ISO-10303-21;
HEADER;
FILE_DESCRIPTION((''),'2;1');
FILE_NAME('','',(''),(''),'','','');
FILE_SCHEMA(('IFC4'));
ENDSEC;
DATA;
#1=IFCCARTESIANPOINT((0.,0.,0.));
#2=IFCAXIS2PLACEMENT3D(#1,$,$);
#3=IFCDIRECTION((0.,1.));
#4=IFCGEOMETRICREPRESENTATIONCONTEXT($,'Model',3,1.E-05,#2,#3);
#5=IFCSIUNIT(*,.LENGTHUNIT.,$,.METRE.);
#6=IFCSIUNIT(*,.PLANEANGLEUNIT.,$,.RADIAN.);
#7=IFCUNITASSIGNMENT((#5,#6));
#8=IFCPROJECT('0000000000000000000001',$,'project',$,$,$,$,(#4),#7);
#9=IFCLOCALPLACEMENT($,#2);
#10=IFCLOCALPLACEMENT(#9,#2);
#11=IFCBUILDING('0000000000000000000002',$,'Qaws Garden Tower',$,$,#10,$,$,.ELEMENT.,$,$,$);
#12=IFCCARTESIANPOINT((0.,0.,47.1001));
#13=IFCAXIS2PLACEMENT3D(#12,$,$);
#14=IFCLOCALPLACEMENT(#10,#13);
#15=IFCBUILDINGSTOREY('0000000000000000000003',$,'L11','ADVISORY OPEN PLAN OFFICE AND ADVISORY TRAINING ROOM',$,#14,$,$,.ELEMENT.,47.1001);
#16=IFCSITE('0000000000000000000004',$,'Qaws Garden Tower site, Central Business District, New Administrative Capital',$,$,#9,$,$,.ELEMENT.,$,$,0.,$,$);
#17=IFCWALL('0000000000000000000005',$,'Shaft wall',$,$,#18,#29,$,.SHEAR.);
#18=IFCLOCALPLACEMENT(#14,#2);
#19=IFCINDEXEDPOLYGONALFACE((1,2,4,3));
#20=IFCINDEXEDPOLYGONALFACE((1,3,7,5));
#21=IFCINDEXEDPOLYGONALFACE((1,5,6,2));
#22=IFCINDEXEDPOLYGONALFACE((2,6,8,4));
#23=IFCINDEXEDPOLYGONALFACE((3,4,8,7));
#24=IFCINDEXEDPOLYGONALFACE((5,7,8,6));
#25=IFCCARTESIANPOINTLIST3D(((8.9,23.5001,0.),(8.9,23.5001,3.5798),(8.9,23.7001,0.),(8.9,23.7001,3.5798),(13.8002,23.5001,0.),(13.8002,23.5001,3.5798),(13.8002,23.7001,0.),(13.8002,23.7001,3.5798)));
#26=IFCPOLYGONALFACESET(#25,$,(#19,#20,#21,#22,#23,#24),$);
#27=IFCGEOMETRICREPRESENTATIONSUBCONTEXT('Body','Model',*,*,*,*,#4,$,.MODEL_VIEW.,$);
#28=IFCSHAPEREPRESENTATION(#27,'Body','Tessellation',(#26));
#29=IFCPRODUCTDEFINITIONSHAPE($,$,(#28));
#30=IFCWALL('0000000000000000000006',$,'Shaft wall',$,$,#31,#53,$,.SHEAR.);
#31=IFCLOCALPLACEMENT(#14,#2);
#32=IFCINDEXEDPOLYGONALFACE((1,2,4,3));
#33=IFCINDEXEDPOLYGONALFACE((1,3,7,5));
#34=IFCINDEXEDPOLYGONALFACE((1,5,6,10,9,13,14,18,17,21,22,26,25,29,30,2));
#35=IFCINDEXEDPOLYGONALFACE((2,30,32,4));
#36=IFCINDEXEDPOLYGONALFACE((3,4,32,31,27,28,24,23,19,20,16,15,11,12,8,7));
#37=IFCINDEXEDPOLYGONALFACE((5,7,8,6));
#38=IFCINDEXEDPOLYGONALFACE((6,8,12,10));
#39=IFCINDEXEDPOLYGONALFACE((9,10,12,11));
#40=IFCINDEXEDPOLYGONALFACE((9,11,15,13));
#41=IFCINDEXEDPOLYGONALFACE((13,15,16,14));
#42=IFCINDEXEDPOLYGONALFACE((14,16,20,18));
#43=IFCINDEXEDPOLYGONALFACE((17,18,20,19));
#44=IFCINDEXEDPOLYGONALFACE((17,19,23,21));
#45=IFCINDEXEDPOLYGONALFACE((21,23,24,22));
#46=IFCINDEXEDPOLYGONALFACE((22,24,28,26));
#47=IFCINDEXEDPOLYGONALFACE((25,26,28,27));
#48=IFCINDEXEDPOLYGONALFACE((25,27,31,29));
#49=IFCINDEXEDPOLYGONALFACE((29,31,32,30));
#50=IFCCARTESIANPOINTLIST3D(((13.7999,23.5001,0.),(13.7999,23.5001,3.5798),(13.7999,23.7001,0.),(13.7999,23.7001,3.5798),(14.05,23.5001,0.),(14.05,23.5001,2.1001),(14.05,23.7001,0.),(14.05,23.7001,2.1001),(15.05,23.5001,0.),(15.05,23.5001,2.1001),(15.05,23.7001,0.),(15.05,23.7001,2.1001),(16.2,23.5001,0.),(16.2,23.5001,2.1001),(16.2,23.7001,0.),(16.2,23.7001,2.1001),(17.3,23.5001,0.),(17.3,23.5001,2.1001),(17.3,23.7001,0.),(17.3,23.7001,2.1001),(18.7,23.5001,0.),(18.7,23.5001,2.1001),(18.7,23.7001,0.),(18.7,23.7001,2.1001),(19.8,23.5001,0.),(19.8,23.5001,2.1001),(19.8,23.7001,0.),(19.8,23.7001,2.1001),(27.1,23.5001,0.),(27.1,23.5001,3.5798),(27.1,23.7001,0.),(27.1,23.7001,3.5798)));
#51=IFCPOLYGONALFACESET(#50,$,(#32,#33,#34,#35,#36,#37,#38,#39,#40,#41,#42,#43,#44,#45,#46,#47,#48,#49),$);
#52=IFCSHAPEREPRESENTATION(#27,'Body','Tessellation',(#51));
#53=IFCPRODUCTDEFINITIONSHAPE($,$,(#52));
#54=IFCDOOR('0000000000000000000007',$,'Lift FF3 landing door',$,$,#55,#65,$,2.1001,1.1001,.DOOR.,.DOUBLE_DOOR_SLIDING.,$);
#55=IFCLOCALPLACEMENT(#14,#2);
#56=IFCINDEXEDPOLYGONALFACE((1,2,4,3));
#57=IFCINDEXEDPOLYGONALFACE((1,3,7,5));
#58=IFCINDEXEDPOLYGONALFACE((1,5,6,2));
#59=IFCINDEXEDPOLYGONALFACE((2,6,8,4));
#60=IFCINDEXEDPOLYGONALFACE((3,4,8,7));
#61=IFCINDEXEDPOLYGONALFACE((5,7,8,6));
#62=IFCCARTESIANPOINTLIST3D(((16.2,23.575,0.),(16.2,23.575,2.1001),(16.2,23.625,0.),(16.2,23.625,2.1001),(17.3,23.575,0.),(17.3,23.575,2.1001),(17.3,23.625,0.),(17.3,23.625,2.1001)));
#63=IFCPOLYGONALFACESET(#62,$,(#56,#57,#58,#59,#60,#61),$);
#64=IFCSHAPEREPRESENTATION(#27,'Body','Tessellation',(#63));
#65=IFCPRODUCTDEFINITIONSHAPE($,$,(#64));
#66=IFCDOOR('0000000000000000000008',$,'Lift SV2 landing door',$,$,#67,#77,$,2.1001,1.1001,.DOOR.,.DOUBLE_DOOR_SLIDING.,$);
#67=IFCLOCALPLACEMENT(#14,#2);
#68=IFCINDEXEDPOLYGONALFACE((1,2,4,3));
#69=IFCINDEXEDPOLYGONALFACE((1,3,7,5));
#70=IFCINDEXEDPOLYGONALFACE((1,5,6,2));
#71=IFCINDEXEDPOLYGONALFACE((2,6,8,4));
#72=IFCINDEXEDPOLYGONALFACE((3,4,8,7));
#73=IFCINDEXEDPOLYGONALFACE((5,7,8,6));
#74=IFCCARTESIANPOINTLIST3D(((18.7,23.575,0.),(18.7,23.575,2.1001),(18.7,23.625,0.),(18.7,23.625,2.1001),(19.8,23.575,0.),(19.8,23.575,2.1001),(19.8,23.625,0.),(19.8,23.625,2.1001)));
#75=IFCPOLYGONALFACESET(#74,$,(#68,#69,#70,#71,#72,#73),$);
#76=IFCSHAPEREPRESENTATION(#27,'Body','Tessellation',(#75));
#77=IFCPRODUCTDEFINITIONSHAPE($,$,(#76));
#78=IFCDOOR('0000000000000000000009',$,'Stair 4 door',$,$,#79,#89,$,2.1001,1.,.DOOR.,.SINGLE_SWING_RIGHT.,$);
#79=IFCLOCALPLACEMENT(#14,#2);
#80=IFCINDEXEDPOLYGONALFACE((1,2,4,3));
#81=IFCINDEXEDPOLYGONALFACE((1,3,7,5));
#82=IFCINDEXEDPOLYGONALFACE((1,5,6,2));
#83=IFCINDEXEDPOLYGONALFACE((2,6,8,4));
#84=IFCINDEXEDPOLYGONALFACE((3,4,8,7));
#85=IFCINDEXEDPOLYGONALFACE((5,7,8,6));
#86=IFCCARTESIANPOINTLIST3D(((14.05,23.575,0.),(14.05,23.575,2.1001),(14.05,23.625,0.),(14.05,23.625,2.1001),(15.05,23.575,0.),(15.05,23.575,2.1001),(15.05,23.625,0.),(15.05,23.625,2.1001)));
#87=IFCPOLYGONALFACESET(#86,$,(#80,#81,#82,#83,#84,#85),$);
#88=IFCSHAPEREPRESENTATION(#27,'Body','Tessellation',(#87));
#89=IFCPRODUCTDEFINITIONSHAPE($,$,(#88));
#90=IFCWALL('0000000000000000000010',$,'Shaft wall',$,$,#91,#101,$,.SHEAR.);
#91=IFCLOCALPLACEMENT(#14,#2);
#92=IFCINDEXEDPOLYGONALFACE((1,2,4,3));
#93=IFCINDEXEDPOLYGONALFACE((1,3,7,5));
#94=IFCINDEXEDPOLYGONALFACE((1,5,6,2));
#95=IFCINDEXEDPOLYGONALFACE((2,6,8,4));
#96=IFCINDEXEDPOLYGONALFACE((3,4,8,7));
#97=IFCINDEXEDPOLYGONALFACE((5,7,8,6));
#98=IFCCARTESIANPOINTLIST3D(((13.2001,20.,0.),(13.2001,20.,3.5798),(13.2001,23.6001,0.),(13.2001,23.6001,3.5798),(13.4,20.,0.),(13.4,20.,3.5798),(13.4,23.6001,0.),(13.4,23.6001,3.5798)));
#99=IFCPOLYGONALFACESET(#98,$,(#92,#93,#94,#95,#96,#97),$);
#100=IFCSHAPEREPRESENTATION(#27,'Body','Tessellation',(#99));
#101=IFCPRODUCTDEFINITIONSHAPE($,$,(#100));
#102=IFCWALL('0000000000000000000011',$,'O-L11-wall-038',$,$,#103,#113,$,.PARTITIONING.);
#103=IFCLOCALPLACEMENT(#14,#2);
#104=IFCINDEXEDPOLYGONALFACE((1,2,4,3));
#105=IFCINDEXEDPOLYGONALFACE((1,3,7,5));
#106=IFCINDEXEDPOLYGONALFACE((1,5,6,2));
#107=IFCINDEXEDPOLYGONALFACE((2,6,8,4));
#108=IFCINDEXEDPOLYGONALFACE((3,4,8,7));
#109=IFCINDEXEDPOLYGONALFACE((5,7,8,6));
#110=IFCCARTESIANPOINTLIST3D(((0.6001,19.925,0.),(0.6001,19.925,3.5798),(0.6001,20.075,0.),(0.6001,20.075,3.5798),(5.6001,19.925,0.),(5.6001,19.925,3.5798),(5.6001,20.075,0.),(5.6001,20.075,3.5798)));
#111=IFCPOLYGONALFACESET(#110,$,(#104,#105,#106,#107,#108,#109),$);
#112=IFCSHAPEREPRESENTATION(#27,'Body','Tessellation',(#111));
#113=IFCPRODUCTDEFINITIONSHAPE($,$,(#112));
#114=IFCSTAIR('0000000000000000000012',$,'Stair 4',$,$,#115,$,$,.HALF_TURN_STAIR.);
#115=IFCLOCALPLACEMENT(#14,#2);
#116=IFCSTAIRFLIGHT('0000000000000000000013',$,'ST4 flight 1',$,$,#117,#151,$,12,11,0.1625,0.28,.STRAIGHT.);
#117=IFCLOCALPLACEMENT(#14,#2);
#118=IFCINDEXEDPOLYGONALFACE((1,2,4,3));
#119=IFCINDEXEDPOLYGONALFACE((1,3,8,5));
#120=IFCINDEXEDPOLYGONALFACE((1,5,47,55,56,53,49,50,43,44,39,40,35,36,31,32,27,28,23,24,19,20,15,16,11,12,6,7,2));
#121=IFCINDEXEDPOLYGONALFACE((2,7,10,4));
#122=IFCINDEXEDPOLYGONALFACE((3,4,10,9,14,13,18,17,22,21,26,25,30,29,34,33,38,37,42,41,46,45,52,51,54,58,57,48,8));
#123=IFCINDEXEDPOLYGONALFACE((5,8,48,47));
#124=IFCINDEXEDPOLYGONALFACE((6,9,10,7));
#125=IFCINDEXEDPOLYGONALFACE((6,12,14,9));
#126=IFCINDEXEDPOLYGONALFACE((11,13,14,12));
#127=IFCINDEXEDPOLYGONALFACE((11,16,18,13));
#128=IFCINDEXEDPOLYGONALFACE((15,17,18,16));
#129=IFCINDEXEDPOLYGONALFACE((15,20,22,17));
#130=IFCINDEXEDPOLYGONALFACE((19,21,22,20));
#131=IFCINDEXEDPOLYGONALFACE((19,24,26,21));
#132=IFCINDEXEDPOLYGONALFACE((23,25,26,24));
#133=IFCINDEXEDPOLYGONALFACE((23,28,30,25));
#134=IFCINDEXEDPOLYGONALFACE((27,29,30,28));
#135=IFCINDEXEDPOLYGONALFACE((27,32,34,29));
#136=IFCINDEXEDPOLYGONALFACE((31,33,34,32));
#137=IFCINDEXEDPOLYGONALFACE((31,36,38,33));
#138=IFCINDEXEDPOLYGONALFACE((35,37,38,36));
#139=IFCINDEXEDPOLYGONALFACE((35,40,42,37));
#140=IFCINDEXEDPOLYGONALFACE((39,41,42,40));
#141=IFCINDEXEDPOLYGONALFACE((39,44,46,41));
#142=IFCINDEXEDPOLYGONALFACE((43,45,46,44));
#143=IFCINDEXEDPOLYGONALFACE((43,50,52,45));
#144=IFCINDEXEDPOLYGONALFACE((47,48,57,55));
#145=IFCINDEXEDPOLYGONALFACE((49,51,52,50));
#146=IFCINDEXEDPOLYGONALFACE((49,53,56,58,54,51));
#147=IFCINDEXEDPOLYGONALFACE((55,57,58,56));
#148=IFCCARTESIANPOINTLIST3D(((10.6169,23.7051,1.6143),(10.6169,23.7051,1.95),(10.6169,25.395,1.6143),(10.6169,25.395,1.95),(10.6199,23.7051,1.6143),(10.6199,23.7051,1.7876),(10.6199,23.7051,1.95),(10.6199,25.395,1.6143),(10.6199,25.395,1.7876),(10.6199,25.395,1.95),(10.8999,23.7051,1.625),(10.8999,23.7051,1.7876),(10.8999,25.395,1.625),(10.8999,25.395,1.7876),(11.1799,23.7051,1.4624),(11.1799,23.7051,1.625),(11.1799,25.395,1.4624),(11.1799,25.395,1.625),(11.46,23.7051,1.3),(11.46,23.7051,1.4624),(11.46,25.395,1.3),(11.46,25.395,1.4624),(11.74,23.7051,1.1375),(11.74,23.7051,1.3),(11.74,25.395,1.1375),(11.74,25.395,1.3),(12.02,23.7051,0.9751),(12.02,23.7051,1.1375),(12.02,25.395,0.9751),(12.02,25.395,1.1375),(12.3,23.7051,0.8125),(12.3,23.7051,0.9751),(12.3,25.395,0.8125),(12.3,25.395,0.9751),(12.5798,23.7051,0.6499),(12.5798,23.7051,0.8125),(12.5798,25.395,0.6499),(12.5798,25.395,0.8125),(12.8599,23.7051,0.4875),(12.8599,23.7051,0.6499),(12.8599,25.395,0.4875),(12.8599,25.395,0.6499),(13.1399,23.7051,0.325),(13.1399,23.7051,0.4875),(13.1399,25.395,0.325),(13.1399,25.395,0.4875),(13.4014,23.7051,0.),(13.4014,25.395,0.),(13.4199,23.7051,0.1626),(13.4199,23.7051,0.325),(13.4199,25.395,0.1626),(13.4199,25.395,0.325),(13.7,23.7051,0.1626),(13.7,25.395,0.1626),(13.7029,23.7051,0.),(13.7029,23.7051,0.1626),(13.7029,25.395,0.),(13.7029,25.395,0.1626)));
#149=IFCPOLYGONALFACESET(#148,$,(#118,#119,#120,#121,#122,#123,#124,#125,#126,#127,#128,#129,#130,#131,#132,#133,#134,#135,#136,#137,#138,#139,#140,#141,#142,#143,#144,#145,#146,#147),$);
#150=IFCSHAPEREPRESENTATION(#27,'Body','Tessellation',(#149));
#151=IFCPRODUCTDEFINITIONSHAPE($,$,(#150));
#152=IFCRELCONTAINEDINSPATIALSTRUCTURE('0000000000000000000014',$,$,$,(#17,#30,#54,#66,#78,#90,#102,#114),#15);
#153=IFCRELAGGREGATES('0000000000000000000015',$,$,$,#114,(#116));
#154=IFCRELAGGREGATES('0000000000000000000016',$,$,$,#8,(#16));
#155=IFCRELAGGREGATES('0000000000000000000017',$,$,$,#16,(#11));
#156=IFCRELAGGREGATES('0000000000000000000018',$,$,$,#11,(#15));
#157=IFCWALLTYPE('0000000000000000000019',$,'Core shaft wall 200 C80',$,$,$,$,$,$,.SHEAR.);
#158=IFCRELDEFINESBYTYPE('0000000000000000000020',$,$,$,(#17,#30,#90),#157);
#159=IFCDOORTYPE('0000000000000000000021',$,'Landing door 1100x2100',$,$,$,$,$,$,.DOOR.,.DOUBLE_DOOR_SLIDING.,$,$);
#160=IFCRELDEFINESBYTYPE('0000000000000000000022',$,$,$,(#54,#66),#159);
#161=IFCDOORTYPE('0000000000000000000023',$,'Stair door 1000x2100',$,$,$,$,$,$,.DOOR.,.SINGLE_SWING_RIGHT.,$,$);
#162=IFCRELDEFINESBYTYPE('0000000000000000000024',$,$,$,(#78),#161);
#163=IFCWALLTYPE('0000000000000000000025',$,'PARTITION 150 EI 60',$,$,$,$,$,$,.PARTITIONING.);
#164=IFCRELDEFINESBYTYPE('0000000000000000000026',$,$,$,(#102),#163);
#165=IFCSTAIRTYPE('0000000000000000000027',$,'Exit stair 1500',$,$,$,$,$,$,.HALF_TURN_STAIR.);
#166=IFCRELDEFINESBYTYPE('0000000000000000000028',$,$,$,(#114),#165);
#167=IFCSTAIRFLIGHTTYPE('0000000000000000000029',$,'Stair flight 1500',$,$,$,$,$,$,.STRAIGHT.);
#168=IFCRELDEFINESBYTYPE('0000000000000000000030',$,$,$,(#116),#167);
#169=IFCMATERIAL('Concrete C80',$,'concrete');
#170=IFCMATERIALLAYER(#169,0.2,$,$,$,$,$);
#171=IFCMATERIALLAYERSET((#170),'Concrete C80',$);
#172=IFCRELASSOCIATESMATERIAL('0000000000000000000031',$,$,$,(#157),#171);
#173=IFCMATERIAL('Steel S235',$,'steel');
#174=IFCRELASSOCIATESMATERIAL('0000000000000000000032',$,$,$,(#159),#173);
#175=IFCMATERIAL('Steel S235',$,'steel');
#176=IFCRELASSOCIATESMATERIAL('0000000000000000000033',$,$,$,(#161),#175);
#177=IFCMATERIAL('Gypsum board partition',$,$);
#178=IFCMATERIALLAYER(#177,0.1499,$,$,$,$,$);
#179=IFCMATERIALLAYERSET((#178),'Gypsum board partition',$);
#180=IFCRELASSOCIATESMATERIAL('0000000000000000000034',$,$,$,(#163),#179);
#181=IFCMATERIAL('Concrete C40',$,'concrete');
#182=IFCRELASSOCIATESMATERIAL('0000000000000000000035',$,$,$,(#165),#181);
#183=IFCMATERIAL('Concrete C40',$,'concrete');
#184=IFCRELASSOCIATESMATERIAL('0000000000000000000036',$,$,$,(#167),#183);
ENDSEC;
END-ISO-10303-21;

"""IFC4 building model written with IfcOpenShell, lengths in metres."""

from ifc_helpers import new_model, si_unit, direction, frame, frame_2d, origin, place, context, subcontext, project, spatial, polyline, rectangle, outline, extrude, material, layer, layer_set, type_object, element, fill, aggregate, save


model = new_model("IFC4")

# Units and contexts
model_context = context("Model", 3, precision=1e-05, world=origin(), true_north=direction((0.0, 1.0)))
body_context = subcontext(model_context, "Body", "Model", "MODEL_VIEW")
ifc_project = project(units=[si_unit("LENGTHUNIT", "METRE"), si_unit("PLANEANGLEUNIT", "RADIAN")], contexts=[model_context])

# Site, building, storey
site_placement = place(None, origin())
site = spatial("IfcSite", under=ifc_project, at=site_placement, Name="Qaws Garden Tower site, Central Business District, New Administrative Capital", CompositionType="ELEMENT", RefElevation=0.0)
building_placement = place(site_placement, origin())
building = spatial("IfcBuilding", under=site, at=building_placement, Name="Qaws Garden Tower", CompositionType="ELEMENT")
storey_placement = place(building_placement, frame((0.0, 0.0, 47.1001)))
storey = spatial("IfcBuildingStorey", under=building, at=storey_placement, Name="L11", Description="ADVISORY OPEN PLAN OFFICE AND ADVISORY TRAINING ROOM", CompositionType="ELEMENT", Elevation=47.1001)

# Wall
ifc_material_1 = material(Name="Concrete C80", Category="concrete")
ifc_layer_1 = layer(ifc_material_1, 0.2)
ifc_layer_set_1 = layer_set([ifc_layer_1], Name="Concrete C80")
wall_type_1 = type_object("IfcWallType", Name="Core shaft wall 200 C80", PredefinedType="SHEAR", material=ifc_layer_set_1)
wall_1_placement = place(storey_placement, frame((8.8999, 23.6001, 0.0), z_axis=(0.0, 0.0, 1.0), x_axis=(1.0, 0.0, 0.0)))
element("IfcWall", 1, at=wall_1_placement, inside=storey, type_object=wall_type_1, Name="Shaft wall", PredefinedType="SHEAR", context=body_context, shape_type="SweptSolid", body=[
    extrude(rectangle(XDim=4.9001, YDim=0.2, at=frame_2d((2.4502, 0.0))), origin(), (0.0, 0.0, 1.0), 3.5798),
])

# Wall, openings, doors
wall_2_placement = place(storey_placement, frame((13.8, 23.6001, 0.0), z_axis=(0.0, 0.0, 1.0), x_axis=(1.0, 0.0, 0.0)))
wall_2 = element("IfcWall", 2, at=wall_2_placement, inside=storey, type_object=wall_type_1, Name="Shaft wall", PredefinedType="SHEAR", context=body_context, shape_type="SweptSolid", body=[
    extrude(rectangle(XDim=13.3, YDim=0.2, at=frame_2d((6.6499, 0.0))), origin(), (0.0, 0.0, 1.0), 3.5798),
])
opening_1_placement = place(wall_2_placement, frame((2.3999, 0.0, 0.0)))
opening_1 = element("IfcOpeningElement", 3, at=opening_1_placement, cuts=wall_2, PredefinedType="OPENING", context=body_context, shape_type="SweptSolid", body=[
    extrude(rectangle(XDim=1.1001, YDim=2.1001, at=frame_2d((0.55, 1.05))), frame((0.0, 0.1099, 0.0), z_axis=(0.0, -1.0, 0.0), x_axis=(1.0, 0.0, 0.0)), (0.0, 0.0, 1.0), 0.22),
])
opening_2_placement = place(wall_2_placement, frame((4.8999, 0.0, 0.0)))
opening_2 = element("IfcOpeningElement", 4, at=opening_2_placement, cuts=wall_2, PredefinedType="OPENING", context=body_context, shape_type="SweptSolid", body=[
    extrude(rectangle(XDim=1.1001, YDim=2.1001, at=frame_2d((0.55, 1.05))), frame((0.0, 0.1099, 0.0), z_axis=(0.0, -1.0, 0.0), x_axis=(1.0, 0.0, 0.0)), (0.0, 0.0, 1.0), 0.22),
])
opening_3_placement = place(wall_2_placement, frame((0.25, 0.0, 0.0)))
opening_3 = element("IfcOpeningElement", 5, at=opening_3_placement, cuts=wall_2, PredefinedType="OPENING", context=body_context, shape_type="SweptSolid", body=[
    extrude(rectangle(XDim=1.0, YDim=2.1001, at=frame_2d((0.5, 1.05))), frame((0.0, 0.1099, 0.0), z_axis=(0.0, -1.0, 0.0), x_axis=(1.0, 0.0, 0.0)), (0.0, 0.0, 1.0), 0.22),
])
ifc_material_2 = material(Name="Steel S235", Category="steel")
door_type_1 = type_object("IfcDoorType", Name="Landing door 1100x2100", OperationType="DOUBLE_DOOR_SLIDING", PredefinedType="DOOR", material=ifc_material_2)
door_1_placement = place(opening_1_placement, origin())
door_1 = element("IfcDoor", 6, at=door_1_placement, inside=storey, type_object=door_type_1, Name="Lift FF3 landing door", OperationType="DOUBLE_DOOR_SLIDING", OverallHeight=2.1001, OverallWidth=1.1001, PredefinedType="DOOR", context=body_context, shape_type="SweptSolid", body=[
    extrude(rectangle(XDim=1.1001, YDim=2.1001, at=frame_2d((0.55, 1.05))), frame((0.0, 0.0249, 0.0), z_axis=(0.0, -1.0, 0.0), x_axis=(1.0, 0.0, 0.0)), (0.0, 0.0, 1.0), 0.05),
])
fill(opening_1, door_1)
door_2_placement = place(opening_2_placement, origin())
door_2 = element("IfcDoor", 7, at=door_2_placement, inside=storey, type_object=door_type_1, Name="Lift SV2 landing door", OperationType="DOUBLE_DOOR_SLIDING", OverallHeight=2.1001, OverallWidth=1.1001, PredefinedType="DOOR", context=body_context, shape_type="SweptSolid", body=[
    extrude(rectangle(XDim=1.1001, YDim=2.1001, at=frame_2d((0.55, 1.05))), frame((0.0, 0.0249, 0.0), z_axis=(0.0, -1.0, 0.0), x_axis=(1.0, 0.0, 0.0)), (0.0, 0.0, 1.0), 0.05),
])
fill(opening_2, door_2)
ifc_material_3 = material(Name="Steel S235", Category="steel")
door_type_2 = type_object("IfcDoorType", Name="Stair door 1000x2100", OperationType="SINGLE_SWING_RIGHT", PredefinedType="DOOR", material=ifc_material_3)
door_3_placement = place(opening_3_placement, origin())
door_3 = element("IfcDoor", 8, at=door_3_placement, inside=storey, type_object=door_type_2, Name="Stair 4 door", OperationType="SINGLE_SWING_RIGHT", OverallHeight=2.1001, OverallWidth=1.0, PredefinedType="DOOR", context=body_context, shape_type="SweptSolid", body=[
    extrude(rectangle(XDim=1.0, YDim=2.1001, at=frame_2d((0.5, 1.05))), frame((0.0, 0.0249, 0.0), z_axis=(0.0, -1.0, 0.0), x_axis=(1.0, 0.0, 0.0)), (0.0, 0.0, 1.0), 0.05),
])
fill(opening_3, door_3)

# Walls
wall_3_placement = place(storey_placement, frame((13.3, 20.0, 0.0), z_axis=(0.0, 0.0, 1.0), x_axis=(0.0, 1.0, 0.0)))
element("IfcWall", 9, at=wall_3_placement, inside=storey, type_object=wall_type_1, Name="Shaft wall", PredefinedType="SHEAR", context=body_context, shape_type="SweptSolid", body=[
    extrude(rectangle(XDim=3.6001, YDim=0.2, at=frame_2d((1.8, 0.0))), origin(), (0.0, 0.0, 1.0), 3.5798),
])
ifc_material_4 = material(Name="Gypsum board partition")
ifc_layer_2 = layer(ifc_material_4, 0.1499)
ifc_layer_set_2 = layer_set([ifc_layer_2], Name="Gypsum board partition")
wall_type_2 = type_object("IfcWallType", Name="PARTITION 150 EI 60", PredefinedType="PARTITIONING", material=ifc_layer_set_2)
wall_4_placement = place(storey_placement, frame((0.6001, 20.0, 0.0), z_axis=(0.0, 0.0, 1.0), x_axis=(1.0, 0.0, 0.0)))
element("IfcWall", 10, at=wall_4_placement, inside=storey, type_object=wall_type_2, Name="O-L11-wall-038", PredefinedType="PARTITIONING", context=body_context, shape_type="SweptSolid", body=[
    extrude(rectangle(XDim=5.0, YDim=0.1499, at=frame_2d((2.5, 0.0))), origin(), (0.0, 0.0, 1.0), 3.5798),
])

# Stair, stair flight
ifc_material_5 = material(Name="Concrete C40", Category="concrete")
stair_type = type_object("IfcStairType", Name="Exit stair 1500", PredefinedType="HALF_TURN_STAIR", material=ifc_material_5)
stair_placement = place(storey_placement, origin())
stair = element("IfcStair", 11, at=stair_placement, inside=storey, type_object=stair_type, Name="Stair 4", PredefinedType="HALF_TURN_STAIR")
ifc_material_6 = material(Name="Concrete C40", Category="concrete")
stair_flight_type = type_object("IfcStairFlightType", Name="Stair flight 1500", PredefinedType="STRAIGHT", material=ifc_material_6)
stair_flight_1_placement = place(storey_placement, frame((13.7, 24.55, 0.0), z_axis=(0.0, 0.0, 1.0), x_axis=(-1.0, 0.0, 0.0)))
stair_flight_1 = element("IfcStairFlight", 12, at=stair_flight_1_placement, type_object=stair_flight_type, Name="ST4 flight 1", NumberOfRisers=12, NumberOfTreads=11, PredefinedType="STRAIGHT", RiserHeight=0.1625, TreadLength=0.28, context=body_context, shape_type="SweptSolid", body=[
    extrude(outline(polyline([(-0.0029, 0.0), (-0.0029, 0.1626), (0.0, 0.1626), (0.28, 0.1626), (0.28, 0.325), (0.5601, 0.325), (0.5601, 0.4875), (0.8401, 0.4875), (0.8401, 0.6499), (1.1201, 0.6499), (1.1201, 0.8125), (1.3999, 0.8125), (1.3999, 0.9751), (1.6799, 0.9751), (1.6799, 1.1375), (1.96, 1.1375), (1.96, 1.3), (2.24, 1.3), (2.24, 1.4624), (2.52, 1.4624), (2.52, 1.625), (2.8, 1.625), (2.8, 1.7876), (3.0801, 1.7876), (3.0801, 1.95), (3.083, 1.95), (3.083, 1.6143), (3.0801, 1.6143), (0.2986, 0.0), (-0.0029, 0.0)])), frame((0.0, 0.845, 0.0), z_axis=(0.0, -1.0, 0.0), x_axis=(1.0, 0.0, 0.0)), (0.0, 0.0, 1.0), 1.6899),
])
aggregate(stair, [stair_flight_1])

save(model, "model.ifc")
